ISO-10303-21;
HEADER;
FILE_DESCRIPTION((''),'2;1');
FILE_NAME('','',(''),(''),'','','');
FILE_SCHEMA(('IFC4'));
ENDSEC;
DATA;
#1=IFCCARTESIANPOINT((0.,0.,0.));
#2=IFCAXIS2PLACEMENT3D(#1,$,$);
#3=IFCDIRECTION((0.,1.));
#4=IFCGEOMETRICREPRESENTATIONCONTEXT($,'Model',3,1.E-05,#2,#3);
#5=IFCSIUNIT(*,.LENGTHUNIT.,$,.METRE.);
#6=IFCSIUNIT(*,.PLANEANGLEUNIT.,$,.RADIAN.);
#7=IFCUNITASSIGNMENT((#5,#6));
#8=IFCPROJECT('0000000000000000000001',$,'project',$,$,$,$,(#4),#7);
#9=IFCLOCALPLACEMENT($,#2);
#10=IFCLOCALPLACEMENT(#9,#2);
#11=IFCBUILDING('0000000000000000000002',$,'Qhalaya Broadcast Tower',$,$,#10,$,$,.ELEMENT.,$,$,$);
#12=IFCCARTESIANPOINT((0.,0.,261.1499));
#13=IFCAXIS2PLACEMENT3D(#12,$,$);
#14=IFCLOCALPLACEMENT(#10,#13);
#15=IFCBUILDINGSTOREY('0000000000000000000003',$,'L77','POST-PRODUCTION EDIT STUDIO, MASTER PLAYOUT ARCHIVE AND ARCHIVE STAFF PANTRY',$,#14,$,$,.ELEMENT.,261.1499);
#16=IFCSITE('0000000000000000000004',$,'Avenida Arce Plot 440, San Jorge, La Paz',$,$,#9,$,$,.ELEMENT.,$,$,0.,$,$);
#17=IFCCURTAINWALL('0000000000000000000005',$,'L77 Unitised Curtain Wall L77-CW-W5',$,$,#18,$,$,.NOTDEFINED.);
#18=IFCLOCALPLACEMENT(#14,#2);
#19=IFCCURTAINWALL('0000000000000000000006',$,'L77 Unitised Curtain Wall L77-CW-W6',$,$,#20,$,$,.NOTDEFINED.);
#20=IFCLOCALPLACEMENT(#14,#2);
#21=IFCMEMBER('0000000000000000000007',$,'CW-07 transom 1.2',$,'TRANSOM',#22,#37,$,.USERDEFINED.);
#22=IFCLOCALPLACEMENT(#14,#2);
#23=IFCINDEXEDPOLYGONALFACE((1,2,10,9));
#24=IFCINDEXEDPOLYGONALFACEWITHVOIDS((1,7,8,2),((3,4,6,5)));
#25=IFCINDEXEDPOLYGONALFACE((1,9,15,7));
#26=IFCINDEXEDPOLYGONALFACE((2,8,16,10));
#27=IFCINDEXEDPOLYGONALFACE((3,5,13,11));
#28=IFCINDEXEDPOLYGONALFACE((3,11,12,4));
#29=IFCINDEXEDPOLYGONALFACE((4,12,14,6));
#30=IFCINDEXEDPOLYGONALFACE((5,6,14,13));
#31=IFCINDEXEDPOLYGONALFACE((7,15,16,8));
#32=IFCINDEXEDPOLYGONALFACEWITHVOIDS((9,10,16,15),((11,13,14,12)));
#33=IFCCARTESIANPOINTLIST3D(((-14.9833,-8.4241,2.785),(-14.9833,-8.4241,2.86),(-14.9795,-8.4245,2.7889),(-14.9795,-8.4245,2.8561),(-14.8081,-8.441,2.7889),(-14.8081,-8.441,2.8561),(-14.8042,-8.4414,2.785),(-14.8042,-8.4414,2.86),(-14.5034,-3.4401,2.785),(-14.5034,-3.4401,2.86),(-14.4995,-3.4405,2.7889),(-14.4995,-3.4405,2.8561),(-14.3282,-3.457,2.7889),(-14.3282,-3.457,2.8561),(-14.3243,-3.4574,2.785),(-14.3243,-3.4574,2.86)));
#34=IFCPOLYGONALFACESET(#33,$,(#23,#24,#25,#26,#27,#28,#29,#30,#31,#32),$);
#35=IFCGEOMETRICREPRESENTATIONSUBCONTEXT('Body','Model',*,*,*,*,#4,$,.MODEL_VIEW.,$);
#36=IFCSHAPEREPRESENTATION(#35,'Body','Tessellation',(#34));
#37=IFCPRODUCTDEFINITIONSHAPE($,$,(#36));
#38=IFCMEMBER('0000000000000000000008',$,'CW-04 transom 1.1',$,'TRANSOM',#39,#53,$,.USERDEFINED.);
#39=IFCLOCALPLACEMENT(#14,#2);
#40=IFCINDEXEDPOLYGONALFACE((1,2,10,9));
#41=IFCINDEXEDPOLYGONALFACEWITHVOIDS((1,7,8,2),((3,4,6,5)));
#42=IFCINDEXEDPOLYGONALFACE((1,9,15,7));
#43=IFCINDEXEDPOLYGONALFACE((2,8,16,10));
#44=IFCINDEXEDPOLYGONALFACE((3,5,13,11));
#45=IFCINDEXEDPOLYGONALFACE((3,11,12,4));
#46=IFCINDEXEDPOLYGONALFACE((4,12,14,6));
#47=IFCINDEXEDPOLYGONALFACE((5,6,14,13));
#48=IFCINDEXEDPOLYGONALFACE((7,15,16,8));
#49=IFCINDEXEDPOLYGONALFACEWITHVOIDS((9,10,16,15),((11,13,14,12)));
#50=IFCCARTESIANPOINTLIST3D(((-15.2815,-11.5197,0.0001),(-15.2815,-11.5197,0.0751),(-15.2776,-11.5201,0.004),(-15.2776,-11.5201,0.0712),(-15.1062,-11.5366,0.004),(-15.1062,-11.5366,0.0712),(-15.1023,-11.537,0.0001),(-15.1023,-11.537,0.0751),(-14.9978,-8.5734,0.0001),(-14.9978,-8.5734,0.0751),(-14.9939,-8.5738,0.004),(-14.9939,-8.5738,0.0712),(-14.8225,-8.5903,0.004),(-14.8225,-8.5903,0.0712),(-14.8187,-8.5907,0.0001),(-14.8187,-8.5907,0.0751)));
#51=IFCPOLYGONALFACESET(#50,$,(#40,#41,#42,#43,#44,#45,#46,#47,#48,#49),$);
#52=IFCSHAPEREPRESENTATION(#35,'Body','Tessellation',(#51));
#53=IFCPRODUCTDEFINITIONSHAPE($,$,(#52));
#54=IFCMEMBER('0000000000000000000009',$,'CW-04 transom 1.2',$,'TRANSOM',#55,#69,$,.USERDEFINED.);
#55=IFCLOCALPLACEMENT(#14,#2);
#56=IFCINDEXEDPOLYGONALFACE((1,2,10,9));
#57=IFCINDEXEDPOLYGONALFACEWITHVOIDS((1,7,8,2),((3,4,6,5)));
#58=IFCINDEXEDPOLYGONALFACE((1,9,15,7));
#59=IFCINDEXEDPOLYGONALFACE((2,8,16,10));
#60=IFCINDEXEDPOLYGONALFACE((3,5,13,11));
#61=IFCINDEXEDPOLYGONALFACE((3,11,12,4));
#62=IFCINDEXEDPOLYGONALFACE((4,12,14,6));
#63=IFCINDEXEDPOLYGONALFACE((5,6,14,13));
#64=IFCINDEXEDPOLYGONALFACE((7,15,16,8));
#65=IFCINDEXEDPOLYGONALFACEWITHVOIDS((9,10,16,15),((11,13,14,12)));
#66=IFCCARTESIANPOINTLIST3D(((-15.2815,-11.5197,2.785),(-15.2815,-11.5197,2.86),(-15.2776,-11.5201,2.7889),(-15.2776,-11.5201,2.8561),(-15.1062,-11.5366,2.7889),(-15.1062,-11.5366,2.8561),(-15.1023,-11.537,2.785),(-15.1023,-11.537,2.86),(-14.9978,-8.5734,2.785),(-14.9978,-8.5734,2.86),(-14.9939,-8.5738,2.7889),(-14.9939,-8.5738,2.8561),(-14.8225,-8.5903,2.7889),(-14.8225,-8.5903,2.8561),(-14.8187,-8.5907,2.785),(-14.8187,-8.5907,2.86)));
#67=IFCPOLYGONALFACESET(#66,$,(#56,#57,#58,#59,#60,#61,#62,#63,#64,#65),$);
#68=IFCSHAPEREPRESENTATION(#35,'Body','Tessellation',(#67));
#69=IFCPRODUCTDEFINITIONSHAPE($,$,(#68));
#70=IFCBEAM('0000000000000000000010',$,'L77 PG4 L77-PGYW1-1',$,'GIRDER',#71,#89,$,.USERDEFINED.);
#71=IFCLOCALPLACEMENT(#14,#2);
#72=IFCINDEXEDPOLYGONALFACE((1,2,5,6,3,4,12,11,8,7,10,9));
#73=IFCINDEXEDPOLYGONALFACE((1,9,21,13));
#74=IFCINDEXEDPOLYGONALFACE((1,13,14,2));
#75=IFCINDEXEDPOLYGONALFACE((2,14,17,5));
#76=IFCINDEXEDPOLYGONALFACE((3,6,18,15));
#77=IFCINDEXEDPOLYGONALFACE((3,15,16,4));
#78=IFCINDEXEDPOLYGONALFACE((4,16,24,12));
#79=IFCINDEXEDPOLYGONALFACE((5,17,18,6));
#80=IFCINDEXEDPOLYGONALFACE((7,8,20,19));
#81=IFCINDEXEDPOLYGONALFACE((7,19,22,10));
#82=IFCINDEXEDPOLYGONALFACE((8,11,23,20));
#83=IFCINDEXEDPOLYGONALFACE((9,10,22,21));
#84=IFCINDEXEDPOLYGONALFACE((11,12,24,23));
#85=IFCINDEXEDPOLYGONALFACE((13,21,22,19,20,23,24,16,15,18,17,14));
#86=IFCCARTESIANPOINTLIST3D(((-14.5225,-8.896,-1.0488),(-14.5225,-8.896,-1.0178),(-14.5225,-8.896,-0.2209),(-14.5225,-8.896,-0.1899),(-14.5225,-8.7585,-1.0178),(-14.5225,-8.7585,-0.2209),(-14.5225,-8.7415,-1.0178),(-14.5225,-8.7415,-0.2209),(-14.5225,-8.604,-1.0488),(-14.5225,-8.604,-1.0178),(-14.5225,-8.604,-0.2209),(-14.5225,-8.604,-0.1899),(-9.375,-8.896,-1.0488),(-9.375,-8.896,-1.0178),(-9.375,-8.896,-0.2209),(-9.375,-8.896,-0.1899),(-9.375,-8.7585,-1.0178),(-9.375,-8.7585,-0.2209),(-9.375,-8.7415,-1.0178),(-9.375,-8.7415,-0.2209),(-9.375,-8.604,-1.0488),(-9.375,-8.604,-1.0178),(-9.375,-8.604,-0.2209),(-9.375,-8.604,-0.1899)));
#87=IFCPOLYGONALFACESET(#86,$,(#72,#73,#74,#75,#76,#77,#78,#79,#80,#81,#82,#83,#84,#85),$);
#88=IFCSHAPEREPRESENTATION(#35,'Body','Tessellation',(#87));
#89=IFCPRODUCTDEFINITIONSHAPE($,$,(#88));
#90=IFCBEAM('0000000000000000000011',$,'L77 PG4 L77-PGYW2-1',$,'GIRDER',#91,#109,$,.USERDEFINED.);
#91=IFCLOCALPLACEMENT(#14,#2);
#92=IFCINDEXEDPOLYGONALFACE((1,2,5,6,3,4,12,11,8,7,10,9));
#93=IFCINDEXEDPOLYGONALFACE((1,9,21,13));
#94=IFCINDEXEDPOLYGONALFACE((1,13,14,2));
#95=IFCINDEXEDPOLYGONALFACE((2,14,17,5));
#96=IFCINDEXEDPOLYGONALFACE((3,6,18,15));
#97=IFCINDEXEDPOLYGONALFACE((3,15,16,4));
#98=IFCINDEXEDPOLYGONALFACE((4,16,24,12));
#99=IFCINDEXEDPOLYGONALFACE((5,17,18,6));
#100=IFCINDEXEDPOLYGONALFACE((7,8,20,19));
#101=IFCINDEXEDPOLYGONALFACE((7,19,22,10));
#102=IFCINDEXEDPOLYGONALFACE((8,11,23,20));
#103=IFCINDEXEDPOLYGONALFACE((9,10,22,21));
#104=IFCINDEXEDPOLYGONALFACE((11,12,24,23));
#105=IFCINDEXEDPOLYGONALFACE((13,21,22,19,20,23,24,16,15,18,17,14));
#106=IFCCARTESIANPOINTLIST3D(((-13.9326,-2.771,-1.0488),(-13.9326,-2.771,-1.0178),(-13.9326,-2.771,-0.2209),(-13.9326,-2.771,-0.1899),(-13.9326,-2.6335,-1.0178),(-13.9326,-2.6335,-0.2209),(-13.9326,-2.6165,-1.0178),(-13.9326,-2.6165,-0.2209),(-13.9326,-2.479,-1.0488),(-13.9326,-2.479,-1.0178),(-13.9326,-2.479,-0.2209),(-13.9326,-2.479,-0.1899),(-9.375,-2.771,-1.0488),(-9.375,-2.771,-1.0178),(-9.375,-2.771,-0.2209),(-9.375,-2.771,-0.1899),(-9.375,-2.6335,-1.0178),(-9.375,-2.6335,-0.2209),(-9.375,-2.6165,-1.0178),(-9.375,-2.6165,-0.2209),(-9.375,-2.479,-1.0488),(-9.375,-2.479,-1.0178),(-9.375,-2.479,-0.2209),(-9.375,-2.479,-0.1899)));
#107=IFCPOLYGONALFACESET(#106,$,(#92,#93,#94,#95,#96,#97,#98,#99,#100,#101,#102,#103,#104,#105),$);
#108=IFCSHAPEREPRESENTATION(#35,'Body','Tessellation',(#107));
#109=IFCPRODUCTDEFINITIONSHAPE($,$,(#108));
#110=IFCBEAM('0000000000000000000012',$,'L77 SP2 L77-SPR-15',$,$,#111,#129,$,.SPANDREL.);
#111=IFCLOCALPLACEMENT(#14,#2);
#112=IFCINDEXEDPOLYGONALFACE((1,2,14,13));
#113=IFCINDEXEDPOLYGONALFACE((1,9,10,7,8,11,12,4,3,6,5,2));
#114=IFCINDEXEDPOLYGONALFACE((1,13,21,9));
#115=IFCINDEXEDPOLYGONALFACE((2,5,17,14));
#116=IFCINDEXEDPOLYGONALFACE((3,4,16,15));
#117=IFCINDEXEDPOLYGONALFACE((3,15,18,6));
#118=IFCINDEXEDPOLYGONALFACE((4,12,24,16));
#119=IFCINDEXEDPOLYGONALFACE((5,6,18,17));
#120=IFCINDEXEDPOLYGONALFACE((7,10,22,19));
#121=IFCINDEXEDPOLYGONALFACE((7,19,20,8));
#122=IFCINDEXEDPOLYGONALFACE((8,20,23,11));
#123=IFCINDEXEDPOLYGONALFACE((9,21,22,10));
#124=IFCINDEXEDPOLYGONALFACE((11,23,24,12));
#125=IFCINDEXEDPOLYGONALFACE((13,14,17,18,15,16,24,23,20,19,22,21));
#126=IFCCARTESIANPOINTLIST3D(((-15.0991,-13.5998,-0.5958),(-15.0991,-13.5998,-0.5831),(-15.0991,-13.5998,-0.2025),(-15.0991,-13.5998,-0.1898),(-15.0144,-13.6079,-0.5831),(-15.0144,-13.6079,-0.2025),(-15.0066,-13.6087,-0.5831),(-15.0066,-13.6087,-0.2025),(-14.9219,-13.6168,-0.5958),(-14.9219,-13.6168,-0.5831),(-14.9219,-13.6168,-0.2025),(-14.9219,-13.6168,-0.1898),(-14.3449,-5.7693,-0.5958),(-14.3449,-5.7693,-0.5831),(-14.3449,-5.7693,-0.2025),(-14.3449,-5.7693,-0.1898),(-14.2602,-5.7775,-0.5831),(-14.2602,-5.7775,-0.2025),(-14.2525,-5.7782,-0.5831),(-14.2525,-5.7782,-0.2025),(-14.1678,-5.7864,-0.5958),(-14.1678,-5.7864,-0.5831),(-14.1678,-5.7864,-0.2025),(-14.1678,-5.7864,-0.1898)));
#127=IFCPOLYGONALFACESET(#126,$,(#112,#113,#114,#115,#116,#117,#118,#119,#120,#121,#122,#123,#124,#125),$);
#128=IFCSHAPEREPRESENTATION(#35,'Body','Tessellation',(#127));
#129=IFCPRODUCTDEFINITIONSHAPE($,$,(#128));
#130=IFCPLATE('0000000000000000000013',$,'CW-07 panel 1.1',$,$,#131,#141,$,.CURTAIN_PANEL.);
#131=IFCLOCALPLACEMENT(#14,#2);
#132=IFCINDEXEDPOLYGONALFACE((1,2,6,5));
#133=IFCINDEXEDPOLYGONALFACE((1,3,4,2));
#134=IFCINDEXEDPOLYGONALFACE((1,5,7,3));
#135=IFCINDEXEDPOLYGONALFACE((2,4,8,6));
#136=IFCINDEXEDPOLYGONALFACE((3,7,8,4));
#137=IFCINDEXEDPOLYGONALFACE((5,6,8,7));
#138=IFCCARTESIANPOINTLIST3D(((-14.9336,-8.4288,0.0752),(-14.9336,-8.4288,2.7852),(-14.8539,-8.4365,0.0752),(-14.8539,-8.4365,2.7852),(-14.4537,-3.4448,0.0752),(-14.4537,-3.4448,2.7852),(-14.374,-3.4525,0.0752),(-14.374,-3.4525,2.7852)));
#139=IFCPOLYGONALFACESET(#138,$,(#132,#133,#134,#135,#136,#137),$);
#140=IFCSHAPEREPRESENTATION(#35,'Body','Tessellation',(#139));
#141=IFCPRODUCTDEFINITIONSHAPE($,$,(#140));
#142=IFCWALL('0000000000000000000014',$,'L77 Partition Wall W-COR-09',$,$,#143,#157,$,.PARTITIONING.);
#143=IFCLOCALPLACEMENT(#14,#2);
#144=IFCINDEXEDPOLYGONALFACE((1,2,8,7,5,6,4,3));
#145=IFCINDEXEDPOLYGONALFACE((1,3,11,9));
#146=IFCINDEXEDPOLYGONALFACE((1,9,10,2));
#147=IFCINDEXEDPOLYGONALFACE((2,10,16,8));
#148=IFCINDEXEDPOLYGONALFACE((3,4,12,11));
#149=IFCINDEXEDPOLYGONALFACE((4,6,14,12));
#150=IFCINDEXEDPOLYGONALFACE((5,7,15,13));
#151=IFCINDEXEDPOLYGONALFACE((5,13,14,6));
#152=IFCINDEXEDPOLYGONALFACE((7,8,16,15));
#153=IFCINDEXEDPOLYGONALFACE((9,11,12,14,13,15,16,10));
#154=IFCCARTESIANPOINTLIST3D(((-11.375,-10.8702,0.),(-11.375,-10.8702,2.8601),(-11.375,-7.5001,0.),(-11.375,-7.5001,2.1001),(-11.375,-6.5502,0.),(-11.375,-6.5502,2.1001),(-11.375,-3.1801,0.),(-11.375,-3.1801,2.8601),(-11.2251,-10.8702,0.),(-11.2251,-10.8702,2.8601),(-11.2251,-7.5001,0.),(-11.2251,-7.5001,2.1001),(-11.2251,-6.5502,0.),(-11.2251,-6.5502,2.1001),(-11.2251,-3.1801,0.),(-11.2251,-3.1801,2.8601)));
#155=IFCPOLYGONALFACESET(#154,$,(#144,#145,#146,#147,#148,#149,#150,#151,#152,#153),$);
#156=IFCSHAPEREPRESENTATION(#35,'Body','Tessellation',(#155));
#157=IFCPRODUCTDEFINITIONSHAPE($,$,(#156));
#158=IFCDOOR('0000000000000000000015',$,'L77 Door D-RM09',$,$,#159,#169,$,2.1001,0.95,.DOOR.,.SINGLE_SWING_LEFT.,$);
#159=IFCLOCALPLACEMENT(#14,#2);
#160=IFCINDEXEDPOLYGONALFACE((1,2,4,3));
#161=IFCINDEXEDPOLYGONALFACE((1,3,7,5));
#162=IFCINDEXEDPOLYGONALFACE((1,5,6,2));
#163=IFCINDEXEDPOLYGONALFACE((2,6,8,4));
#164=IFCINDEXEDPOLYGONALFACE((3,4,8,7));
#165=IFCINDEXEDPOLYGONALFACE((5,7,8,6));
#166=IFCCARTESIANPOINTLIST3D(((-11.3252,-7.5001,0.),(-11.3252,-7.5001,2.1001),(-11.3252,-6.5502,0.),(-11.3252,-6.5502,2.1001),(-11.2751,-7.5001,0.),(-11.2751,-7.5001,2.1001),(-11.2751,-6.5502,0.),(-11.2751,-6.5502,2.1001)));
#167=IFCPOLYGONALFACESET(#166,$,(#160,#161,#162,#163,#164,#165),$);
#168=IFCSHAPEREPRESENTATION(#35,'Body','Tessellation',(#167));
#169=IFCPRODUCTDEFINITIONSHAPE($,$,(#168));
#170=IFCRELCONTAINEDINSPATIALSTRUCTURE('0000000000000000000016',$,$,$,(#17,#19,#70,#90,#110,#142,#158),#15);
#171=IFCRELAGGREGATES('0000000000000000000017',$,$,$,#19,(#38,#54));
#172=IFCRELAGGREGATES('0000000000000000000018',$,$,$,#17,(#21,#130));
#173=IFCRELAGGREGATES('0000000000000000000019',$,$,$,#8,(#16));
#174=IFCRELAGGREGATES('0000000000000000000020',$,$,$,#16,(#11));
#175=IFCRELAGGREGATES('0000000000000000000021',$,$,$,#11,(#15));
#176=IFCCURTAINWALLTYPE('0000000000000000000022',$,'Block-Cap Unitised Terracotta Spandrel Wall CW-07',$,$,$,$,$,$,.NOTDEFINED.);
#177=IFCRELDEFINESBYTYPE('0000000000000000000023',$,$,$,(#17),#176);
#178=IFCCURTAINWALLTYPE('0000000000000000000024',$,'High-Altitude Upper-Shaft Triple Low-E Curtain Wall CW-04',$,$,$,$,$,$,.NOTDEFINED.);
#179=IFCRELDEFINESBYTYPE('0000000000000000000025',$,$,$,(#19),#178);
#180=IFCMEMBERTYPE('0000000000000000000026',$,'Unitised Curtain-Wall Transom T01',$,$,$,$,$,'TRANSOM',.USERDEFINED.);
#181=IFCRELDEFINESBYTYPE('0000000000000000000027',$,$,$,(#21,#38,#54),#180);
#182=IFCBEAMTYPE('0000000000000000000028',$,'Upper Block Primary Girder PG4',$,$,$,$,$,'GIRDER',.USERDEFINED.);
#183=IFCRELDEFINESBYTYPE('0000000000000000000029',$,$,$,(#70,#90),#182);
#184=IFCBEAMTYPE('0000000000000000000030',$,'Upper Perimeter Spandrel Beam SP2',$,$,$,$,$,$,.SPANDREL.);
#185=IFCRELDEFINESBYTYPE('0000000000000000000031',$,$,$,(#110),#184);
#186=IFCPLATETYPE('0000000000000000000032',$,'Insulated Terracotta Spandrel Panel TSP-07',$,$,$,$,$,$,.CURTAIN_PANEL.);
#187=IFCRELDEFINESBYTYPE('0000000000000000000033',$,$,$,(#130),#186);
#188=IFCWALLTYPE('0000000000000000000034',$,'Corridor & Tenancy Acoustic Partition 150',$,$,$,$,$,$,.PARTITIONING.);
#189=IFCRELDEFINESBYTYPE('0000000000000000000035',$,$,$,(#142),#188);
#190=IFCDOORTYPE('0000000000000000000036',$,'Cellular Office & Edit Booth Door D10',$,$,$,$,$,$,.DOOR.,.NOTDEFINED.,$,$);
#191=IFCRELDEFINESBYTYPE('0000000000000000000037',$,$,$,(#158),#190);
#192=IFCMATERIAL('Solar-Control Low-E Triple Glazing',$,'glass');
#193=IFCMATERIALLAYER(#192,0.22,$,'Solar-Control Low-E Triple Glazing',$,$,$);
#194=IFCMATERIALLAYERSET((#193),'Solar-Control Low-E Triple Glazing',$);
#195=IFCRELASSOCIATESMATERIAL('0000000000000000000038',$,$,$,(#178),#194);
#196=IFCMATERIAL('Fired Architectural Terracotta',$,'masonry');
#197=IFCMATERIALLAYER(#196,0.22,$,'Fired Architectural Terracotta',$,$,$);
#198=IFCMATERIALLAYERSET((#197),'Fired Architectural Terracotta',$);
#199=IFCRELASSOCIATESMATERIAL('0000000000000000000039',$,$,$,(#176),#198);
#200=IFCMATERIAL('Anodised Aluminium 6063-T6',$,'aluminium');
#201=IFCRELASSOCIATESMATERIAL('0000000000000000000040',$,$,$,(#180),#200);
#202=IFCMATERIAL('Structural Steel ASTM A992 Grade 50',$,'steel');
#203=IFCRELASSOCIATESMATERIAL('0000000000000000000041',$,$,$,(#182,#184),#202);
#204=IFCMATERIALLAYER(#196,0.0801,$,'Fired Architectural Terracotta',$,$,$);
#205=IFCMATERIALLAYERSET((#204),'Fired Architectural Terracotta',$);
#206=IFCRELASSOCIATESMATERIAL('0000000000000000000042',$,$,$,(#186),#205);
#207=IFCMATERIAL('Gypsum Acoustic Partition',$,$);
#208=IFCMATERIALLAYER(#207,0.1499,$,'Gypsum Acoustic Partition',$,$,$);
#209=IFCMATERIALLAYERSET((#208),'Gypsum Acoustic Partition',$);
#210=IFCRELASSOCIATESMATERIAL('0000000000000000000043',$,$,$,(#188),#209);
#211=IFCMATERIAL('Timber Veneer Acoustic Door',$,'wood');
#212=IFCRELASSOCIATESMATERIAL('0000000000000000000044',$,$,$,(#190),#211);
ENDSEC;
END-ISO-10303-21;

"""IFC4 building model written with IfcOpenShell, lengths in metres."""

from ifc_helpers import new_model, si_unit, direction, frame, frame_2d, origin, origin_2d, place, context, subcontext, project, spatial, rectangle, hollow_rectangle, i_section, extrude, material, layer, layer_set, material_profile, profile_set, type_object, element, fill, aggregate, save


model = new_model("IFC4")

# Units and contexts
model_context = context("Model", 3, precision=1e-05, world=origin(), true_north=direction((0.0, 1.0)))
body_context = subcontext(model_context, "Body", "Model", "MODEL_VIEW")
ifc_project = project(units=[si_unit("LENGTHUNIT", "METRE"), si_unit("PLANEANGLEUNIT", "RADIAN")], contexts=[model_context])

# Site, building, storey
site_placement = place(None, origin())
site = spatial("IfcSite", under=ifc_project, at=site_placement, Name="Avenida Arce Plot 440, San Jorge, La Paz", CompositionType="ELEMENT", RefElevation=0.0)
building_placement = place(site_placement, origin())
building = spatial("IfcBuilding", under=site, at=building_placement, Name="Qhalaya Broadcast Tower", CompositionType="ELEMENT")
storey_placement = place(building_placement, frame((0.0, 0.0, 261.1499)))
storey = spatial("IfcBuildingStorey", under=building, at=storey_placement, Name="L77", Description="POST-PRODUCTION EDIT STUDIO, MASTER PLAYOUT ARCHIVE AND ARCHIVE STAFF PANTRY", CompositionType="ELEMENT", Elevation=261.1499)

# Shared definitions
ifc_material_1 = material(Name="Structural Steel ASTM A992 Grade 50", Category="steel")

# Shared definitions
ifc_material_2 = material(Name="Solar-Control Low-E Triple Glazing", Category="glass")
ifc_layer_1 = layer(ifc_material_2, 0.22, Name="Solar-Control Low-E Triple Glazing")
ifc_layer_set_1 = layer_set([ifc_layer_1], Name="Solar-Control Low-E Triple Glazing")
curtain_wall_type_1 = type_object("IfcCurtainWallType", Name="High-Altitude Upper-Shaft Triple Low-E Curtain Wall CW-04", PredefinedType="NOTDEFINED", material=ifc_layer_set_1)
ifc_material_3 = material(Name="Anodised Aluminium 6063-T6", Category="aluminium")

# Curtain wall
ifc_material_4 = material(Name="Fired Architectural Terracotta", Category="masonry")
ifc_layer_2 = layer(ifc_material_4, 0.22, Name="Fired Architectural Terracotta")
ifc_layer_set_2 = layer_set([ifc_layer_2], Name="Fired Architectural Terracotta")
curtain_wall_type_2 = type_object("IfcCurtainWallType", Name="Block-Cap Unitised Terracotta Spandrel Wall CW-07", PredefinedType="NOTDEFINED", material=ifc_layer_set_2)
curtain_wall_1_placement = place(storey_placement, origin())
curtain_wall_1 = element("IfcCurtainWall", 1, at=curtain_wall_1_placement, inside=storey, type_object=curtain_wall_type_2, Name="L77 Unitised Curtain Wall L77-CW-W5", PredefinedType="NOTDEFINED")

# Curtain wall
curtain_wall_2_placement = place(storey_placement, origin())
curtain_wall_2 = element("IfcCurtainWall", 2, at=curtain_wall_2_placement, inside=storey, type_object=curtain_wall_type_1, Name="L77 Unitised Curtain Wall L77-CW-W6", PredefinedType="NOTDEFINED")

# Members
ifc_material_profile_1 = material_profile(ifc_material_3, hollow_rectangle(XDim=0.075, YDim=0.1799, WallThickness=0.0039, at=origin_2d()), Name="ALU-TRN 75x180x4")
ifc_profile_set_1 = profile_set([ifc_material_profile_1], Name="Anodised Aluminium 6063-T6")
member_type_1 = type_object("IfcMemberType", Name="Unitised Curtain-Wall Transom T01", ElementType="TRANSOM", PredefinedType="USERDEFINED", material=ifc_profile_set_1)
member_1_placement = place(storey_placement, frame((-14.4138, -3.4487, 2.8225), z_axis=(-0.095858, -0.995395, 0.0), x_axis=(0.0, 0.0, 1.0)))
member_1 = element("IfcMember", 3, at=member_1_placement, type_object=member_type_1, Name="CW-07 transom 1.2", ObjectType="TRANSOM", PredefinedType="USERDEFINED", context=body_context, shape_type="SweptSolid", body=[
    extrude(hollow_rectangle(XDim=0.075, YDim=0.1799, WallThickness=0.0039, at=origin_2d()), origin(), (0.0, 0.0, 1.0), 5.0071),
])
member_2_placement = place(storey_placement, frame((-14.9082, -8.582, 0.0376), z_axis=(-0.095844, -0.995396, 0.0), x_axis=(0.0, 0.0, 1.0)))
member_2 = element("IfcMember", 4, at=member_2_placement, type_object=member_type_1, Name="CW-04 transom 1.1", ObjectType="TRANSOM", PredefinedType="USERDEFINED", context=body_context, shape_type="SweptSolid", body=[
    extrude(hollow_rectangle(XDim=0.075, YDim=0.1799, WallThickness=0.0039, at=origin_2d()), origin(), (0.0, 0.0, 1.0), 2.96),
])
member_3_placement = place(storey_placement, frame((-14.9082, -8.582, 2.8225), z_axis=(-0.095844, -0.995396, 0.0), x_axis=(0.0, 0.0, 1.0)))
member_3 = element("IfcMember", 5, at=member_3_placement, type_object=member_type_1, Name="CW-04 transom 1.2", ObjectType="TRANSOM", PredefinedType="USERDEFINED", context=body_context, shape_type="SweptSolid", body=[
    extrude(hollow_rectangle(XDim=0.075, YDim=0.1799, WallThickness=0.0039, at=origin_2d()), origin(), (0.0, 0.0, 1.0), 2.96),
])
aggregate(curtain_wall_2, [member_2, member_3])

# Beams
ifc_material_profile_2 = material_profile(ifc_material_1, i_section(OverallWidth=0.292, OverallDepth=0.8589, WebThickness=0.0171, FlangeThickness=0.031, at=origin_2d()), Name="W33X169")
ifc_profile_set_2 = profile_set([ifc_material_profile_2], Name="Structural Steel ASTM A992 Grade 50")
beam_type_1 = type_object("IfcBeamType", Name="Upper Block Primary Girder PG4", ElementType="GIRDER", PredefinedType="USERDEFINED", material=ifc_profile_set_2)
beam_1_placement = place(storey_placement, frame((-14.5225, -8.75, -0.6194), z_axis=(1.0, 0.0, 0.0), x_axis=(0.0, 1.0, 0.0)))
element("IfcBeam", 6, at=beam_1_placement, inside=storey, type_object=beam_type_1, Name="L77 PG4 L77-PGYW1-1", ObjectType="GIRDER", PredefinedType="USERDEFINED", context=body_context, shape_type="SweptSolid", body=[
    extrude(i_section(OverallWidth=0.292, OverallDepth=0.8589, WebThickness=0.0171, FlangeThickness=0.031, at=origin_2d()), origin(), (0.0, 0.0, 1.0), 5.1475),
])
beam_2_placement = place(storey_placement, frame((-13.9326, -2.625, -0.6194), z_axis=(1.0, 0.0, 0.0), x_axis=(0.0, 1.0, 0.0)))
element("IfcBeam", 7, at=beam_2_placement, inside=storey, type_object=beam_type_1, Name="L77 PG4 L77-PGYW2-1", ObjectType="GIRDER", PredefinedType="USERDEFINED", context=body_context, shape_type="SweptSolid", body=[
    extrude(i_section(OverallWidth=0.292, OverallDepth=0.8589, WebThickness=0.0171, FlangeThickness=0.031, at=origin_2d()), origin(), (0.0, 0.0, 1.0), 4.5576),
])
ifc_material_profile_3 = material_profile(ifc_material_1, i_section(OverallWidth=0.178, OverallDepth=0.406, WebThickness=0.0078, FlangeThickness=0.0127, at=origin_2d()), Name="W16X40")
ifc_profile_set_3 = profile_set([ifc_material_profile_3], Name="Structural Steel ASTM A992 Grade 50")
beam_type_2 = type_object("IfcBeamType", Name="Upper Perimeter Spandrel Beam SP2", PredefinedType="SPANDREL", material=ifc_profile_set_3)
beam_3_placement = place(storey_placement, frame((-14.2563, -5.7778, -0.3928), z_axis=(-0.095865, -0.995394, 0.0), x_axis=(0.995394, -0.095865, 0.0)))
element("IfcBeam", 8, at=beam_3_placement, inside=storey, type_object=beam_type_2, Name="L77 SP2 L77-SPR-15", PredefinedType="SPANDREL", context=body_context, shape_type="SweptSolid", body=[
    extrude(i_section(OverallWidth=0.178, OverallDepth=0.406, WebThickness=0.0078, FlangeThickness=0.0127, at=origin_2d()), origin(), (0.0, 0.0, 1.0), 7.8667),
])

# Plate
ifc_layer_3 = layer(ifc_material_4, 0.0801, Name="Fired Architectural Terracotta")
ifc_layer_set_3 = layer_set([ifc_layer_3], Name="Fired Architectural Terracotta")
plate_type = type_object("IfcPlateType", Name="Insulated Terracotta Spandrel Panel TSP-07", PredefinedType="CURTAIN_PANEL", material=ifc_layer_set_3)
plate_placement = place(storey_placement, frame((-14.6538, -5.9407, 0.0752), z_axis=(0.0, 0.0, 1.0), x_axis=(-0.095849, -0.995396, 0.0)))
plate = element("IfcPlate", 9, at=plate_placement, type_object=plate_type, Name="CW-07 panel 1.1", PredefinedType="CURTAIN_PANEL", context=body_context, shape_type="SweptSolid", body=[
    extrude(rectangle(XDim=5.0071, YDim=0.0801, at=origin_2d()), origin(), (0.0, 0.0, 1.0), 2.71),
])
aggregate(curtain_wall_1, [member_1, plate])

# Wall, opening, door
ifc_material_5 = material(Name="Gypsum Acoustic Partition")
ifc_layer_4 = layer(ifc_material_5, 0.1499, Name="Gypsum Acoustic Partition")
ifc_layer_set_4 = layer_set([ifc_layer_4], Name="Gypsum Acoustic Partition")
wall_type_1 = type_object("IfcWallType", Name="Corridor & Tenancy Acoustic Partition 150", PredefinedType="PARTITIONING", material=ifc_layer_set_4)
wall_1_placement = place(storey_placement, frame((-11.3, -3.1799, 0.0), z_axis=(0.0, 0.0, 1.0), x_axis=(0.0, -1.0, 0.0)))
wall_1 = element("IfcWall", 10, at=wall_1_placement, inside=storey, type_object=wall_type_1, Name="L77 Partition Wall W-COR-09", PredefinedType="PARTITIONING", context=body_context, shape_type="SweptSolid", body=[
    extrude(rectangle(XDim=7.6902, YDim=0.1499, at=frame_2d((3.8452, 0.0))), origin(), (0.0, 0.0, 1.0), 2.8601),
])
opening_1_placement = place(wall_1_placement, frame((3.3701, 0.0, 0.0)))
opening_1 = element("IfcOpeningElement", 11, at=opening_1_placement, cuts=wall_1, PredefinedType="OPENING", context=body_context, shape_type="SweptSolid", body=[
    extrude(rectangle(XDim=0.95, YDim=2.1001, at=frame_2d((0.4751, 1.05))), frame((0.0, 0.0869, 0.0), z_axis=(0.0, -1.0, 0.0), x_axis=(1.0, 0.0, 0.0)), (0.0, 0.0, 1.0), 0.1738),
])
ifc_material_6 = material(Name="Timber Veneer Acoustic Door", Category="wood")
door_type_1 = type_object("IfcDoorType", Name="Cellular Office & Edit Booth Door D10", OperationType="NOTDEFINED", PredefinedType="DOOR", material=ifc_material_6)
door_1_placement = place(opening_1_placement, origin())
door_1 = element("IfcDoor", 12, at=door_1_placement, inside=storey, type_object=door_type_1, Name="L77 Door D-RM09", OperationType="SINGLE_SWING_LEFT", OverallHeight=2.1001, OverallWidth=0.95, PredefinedType="DOOR", context=body_context, shape_type="SweptSolid", body=[
    extrude(rectangle(XDim=0.95, YDim=2.1001, at=frame_2d((0.4751, 1.05))), frame((0.0, 0.0249, 0.0), z_axis=(0.0, -1.0, 0.0), x_axis=(1.0, 0.0, 0.0)), (0.0, 0.0, 1.0), 0.05),
])
fill(opening_1, door_1)

save(model, "model.ifc")
